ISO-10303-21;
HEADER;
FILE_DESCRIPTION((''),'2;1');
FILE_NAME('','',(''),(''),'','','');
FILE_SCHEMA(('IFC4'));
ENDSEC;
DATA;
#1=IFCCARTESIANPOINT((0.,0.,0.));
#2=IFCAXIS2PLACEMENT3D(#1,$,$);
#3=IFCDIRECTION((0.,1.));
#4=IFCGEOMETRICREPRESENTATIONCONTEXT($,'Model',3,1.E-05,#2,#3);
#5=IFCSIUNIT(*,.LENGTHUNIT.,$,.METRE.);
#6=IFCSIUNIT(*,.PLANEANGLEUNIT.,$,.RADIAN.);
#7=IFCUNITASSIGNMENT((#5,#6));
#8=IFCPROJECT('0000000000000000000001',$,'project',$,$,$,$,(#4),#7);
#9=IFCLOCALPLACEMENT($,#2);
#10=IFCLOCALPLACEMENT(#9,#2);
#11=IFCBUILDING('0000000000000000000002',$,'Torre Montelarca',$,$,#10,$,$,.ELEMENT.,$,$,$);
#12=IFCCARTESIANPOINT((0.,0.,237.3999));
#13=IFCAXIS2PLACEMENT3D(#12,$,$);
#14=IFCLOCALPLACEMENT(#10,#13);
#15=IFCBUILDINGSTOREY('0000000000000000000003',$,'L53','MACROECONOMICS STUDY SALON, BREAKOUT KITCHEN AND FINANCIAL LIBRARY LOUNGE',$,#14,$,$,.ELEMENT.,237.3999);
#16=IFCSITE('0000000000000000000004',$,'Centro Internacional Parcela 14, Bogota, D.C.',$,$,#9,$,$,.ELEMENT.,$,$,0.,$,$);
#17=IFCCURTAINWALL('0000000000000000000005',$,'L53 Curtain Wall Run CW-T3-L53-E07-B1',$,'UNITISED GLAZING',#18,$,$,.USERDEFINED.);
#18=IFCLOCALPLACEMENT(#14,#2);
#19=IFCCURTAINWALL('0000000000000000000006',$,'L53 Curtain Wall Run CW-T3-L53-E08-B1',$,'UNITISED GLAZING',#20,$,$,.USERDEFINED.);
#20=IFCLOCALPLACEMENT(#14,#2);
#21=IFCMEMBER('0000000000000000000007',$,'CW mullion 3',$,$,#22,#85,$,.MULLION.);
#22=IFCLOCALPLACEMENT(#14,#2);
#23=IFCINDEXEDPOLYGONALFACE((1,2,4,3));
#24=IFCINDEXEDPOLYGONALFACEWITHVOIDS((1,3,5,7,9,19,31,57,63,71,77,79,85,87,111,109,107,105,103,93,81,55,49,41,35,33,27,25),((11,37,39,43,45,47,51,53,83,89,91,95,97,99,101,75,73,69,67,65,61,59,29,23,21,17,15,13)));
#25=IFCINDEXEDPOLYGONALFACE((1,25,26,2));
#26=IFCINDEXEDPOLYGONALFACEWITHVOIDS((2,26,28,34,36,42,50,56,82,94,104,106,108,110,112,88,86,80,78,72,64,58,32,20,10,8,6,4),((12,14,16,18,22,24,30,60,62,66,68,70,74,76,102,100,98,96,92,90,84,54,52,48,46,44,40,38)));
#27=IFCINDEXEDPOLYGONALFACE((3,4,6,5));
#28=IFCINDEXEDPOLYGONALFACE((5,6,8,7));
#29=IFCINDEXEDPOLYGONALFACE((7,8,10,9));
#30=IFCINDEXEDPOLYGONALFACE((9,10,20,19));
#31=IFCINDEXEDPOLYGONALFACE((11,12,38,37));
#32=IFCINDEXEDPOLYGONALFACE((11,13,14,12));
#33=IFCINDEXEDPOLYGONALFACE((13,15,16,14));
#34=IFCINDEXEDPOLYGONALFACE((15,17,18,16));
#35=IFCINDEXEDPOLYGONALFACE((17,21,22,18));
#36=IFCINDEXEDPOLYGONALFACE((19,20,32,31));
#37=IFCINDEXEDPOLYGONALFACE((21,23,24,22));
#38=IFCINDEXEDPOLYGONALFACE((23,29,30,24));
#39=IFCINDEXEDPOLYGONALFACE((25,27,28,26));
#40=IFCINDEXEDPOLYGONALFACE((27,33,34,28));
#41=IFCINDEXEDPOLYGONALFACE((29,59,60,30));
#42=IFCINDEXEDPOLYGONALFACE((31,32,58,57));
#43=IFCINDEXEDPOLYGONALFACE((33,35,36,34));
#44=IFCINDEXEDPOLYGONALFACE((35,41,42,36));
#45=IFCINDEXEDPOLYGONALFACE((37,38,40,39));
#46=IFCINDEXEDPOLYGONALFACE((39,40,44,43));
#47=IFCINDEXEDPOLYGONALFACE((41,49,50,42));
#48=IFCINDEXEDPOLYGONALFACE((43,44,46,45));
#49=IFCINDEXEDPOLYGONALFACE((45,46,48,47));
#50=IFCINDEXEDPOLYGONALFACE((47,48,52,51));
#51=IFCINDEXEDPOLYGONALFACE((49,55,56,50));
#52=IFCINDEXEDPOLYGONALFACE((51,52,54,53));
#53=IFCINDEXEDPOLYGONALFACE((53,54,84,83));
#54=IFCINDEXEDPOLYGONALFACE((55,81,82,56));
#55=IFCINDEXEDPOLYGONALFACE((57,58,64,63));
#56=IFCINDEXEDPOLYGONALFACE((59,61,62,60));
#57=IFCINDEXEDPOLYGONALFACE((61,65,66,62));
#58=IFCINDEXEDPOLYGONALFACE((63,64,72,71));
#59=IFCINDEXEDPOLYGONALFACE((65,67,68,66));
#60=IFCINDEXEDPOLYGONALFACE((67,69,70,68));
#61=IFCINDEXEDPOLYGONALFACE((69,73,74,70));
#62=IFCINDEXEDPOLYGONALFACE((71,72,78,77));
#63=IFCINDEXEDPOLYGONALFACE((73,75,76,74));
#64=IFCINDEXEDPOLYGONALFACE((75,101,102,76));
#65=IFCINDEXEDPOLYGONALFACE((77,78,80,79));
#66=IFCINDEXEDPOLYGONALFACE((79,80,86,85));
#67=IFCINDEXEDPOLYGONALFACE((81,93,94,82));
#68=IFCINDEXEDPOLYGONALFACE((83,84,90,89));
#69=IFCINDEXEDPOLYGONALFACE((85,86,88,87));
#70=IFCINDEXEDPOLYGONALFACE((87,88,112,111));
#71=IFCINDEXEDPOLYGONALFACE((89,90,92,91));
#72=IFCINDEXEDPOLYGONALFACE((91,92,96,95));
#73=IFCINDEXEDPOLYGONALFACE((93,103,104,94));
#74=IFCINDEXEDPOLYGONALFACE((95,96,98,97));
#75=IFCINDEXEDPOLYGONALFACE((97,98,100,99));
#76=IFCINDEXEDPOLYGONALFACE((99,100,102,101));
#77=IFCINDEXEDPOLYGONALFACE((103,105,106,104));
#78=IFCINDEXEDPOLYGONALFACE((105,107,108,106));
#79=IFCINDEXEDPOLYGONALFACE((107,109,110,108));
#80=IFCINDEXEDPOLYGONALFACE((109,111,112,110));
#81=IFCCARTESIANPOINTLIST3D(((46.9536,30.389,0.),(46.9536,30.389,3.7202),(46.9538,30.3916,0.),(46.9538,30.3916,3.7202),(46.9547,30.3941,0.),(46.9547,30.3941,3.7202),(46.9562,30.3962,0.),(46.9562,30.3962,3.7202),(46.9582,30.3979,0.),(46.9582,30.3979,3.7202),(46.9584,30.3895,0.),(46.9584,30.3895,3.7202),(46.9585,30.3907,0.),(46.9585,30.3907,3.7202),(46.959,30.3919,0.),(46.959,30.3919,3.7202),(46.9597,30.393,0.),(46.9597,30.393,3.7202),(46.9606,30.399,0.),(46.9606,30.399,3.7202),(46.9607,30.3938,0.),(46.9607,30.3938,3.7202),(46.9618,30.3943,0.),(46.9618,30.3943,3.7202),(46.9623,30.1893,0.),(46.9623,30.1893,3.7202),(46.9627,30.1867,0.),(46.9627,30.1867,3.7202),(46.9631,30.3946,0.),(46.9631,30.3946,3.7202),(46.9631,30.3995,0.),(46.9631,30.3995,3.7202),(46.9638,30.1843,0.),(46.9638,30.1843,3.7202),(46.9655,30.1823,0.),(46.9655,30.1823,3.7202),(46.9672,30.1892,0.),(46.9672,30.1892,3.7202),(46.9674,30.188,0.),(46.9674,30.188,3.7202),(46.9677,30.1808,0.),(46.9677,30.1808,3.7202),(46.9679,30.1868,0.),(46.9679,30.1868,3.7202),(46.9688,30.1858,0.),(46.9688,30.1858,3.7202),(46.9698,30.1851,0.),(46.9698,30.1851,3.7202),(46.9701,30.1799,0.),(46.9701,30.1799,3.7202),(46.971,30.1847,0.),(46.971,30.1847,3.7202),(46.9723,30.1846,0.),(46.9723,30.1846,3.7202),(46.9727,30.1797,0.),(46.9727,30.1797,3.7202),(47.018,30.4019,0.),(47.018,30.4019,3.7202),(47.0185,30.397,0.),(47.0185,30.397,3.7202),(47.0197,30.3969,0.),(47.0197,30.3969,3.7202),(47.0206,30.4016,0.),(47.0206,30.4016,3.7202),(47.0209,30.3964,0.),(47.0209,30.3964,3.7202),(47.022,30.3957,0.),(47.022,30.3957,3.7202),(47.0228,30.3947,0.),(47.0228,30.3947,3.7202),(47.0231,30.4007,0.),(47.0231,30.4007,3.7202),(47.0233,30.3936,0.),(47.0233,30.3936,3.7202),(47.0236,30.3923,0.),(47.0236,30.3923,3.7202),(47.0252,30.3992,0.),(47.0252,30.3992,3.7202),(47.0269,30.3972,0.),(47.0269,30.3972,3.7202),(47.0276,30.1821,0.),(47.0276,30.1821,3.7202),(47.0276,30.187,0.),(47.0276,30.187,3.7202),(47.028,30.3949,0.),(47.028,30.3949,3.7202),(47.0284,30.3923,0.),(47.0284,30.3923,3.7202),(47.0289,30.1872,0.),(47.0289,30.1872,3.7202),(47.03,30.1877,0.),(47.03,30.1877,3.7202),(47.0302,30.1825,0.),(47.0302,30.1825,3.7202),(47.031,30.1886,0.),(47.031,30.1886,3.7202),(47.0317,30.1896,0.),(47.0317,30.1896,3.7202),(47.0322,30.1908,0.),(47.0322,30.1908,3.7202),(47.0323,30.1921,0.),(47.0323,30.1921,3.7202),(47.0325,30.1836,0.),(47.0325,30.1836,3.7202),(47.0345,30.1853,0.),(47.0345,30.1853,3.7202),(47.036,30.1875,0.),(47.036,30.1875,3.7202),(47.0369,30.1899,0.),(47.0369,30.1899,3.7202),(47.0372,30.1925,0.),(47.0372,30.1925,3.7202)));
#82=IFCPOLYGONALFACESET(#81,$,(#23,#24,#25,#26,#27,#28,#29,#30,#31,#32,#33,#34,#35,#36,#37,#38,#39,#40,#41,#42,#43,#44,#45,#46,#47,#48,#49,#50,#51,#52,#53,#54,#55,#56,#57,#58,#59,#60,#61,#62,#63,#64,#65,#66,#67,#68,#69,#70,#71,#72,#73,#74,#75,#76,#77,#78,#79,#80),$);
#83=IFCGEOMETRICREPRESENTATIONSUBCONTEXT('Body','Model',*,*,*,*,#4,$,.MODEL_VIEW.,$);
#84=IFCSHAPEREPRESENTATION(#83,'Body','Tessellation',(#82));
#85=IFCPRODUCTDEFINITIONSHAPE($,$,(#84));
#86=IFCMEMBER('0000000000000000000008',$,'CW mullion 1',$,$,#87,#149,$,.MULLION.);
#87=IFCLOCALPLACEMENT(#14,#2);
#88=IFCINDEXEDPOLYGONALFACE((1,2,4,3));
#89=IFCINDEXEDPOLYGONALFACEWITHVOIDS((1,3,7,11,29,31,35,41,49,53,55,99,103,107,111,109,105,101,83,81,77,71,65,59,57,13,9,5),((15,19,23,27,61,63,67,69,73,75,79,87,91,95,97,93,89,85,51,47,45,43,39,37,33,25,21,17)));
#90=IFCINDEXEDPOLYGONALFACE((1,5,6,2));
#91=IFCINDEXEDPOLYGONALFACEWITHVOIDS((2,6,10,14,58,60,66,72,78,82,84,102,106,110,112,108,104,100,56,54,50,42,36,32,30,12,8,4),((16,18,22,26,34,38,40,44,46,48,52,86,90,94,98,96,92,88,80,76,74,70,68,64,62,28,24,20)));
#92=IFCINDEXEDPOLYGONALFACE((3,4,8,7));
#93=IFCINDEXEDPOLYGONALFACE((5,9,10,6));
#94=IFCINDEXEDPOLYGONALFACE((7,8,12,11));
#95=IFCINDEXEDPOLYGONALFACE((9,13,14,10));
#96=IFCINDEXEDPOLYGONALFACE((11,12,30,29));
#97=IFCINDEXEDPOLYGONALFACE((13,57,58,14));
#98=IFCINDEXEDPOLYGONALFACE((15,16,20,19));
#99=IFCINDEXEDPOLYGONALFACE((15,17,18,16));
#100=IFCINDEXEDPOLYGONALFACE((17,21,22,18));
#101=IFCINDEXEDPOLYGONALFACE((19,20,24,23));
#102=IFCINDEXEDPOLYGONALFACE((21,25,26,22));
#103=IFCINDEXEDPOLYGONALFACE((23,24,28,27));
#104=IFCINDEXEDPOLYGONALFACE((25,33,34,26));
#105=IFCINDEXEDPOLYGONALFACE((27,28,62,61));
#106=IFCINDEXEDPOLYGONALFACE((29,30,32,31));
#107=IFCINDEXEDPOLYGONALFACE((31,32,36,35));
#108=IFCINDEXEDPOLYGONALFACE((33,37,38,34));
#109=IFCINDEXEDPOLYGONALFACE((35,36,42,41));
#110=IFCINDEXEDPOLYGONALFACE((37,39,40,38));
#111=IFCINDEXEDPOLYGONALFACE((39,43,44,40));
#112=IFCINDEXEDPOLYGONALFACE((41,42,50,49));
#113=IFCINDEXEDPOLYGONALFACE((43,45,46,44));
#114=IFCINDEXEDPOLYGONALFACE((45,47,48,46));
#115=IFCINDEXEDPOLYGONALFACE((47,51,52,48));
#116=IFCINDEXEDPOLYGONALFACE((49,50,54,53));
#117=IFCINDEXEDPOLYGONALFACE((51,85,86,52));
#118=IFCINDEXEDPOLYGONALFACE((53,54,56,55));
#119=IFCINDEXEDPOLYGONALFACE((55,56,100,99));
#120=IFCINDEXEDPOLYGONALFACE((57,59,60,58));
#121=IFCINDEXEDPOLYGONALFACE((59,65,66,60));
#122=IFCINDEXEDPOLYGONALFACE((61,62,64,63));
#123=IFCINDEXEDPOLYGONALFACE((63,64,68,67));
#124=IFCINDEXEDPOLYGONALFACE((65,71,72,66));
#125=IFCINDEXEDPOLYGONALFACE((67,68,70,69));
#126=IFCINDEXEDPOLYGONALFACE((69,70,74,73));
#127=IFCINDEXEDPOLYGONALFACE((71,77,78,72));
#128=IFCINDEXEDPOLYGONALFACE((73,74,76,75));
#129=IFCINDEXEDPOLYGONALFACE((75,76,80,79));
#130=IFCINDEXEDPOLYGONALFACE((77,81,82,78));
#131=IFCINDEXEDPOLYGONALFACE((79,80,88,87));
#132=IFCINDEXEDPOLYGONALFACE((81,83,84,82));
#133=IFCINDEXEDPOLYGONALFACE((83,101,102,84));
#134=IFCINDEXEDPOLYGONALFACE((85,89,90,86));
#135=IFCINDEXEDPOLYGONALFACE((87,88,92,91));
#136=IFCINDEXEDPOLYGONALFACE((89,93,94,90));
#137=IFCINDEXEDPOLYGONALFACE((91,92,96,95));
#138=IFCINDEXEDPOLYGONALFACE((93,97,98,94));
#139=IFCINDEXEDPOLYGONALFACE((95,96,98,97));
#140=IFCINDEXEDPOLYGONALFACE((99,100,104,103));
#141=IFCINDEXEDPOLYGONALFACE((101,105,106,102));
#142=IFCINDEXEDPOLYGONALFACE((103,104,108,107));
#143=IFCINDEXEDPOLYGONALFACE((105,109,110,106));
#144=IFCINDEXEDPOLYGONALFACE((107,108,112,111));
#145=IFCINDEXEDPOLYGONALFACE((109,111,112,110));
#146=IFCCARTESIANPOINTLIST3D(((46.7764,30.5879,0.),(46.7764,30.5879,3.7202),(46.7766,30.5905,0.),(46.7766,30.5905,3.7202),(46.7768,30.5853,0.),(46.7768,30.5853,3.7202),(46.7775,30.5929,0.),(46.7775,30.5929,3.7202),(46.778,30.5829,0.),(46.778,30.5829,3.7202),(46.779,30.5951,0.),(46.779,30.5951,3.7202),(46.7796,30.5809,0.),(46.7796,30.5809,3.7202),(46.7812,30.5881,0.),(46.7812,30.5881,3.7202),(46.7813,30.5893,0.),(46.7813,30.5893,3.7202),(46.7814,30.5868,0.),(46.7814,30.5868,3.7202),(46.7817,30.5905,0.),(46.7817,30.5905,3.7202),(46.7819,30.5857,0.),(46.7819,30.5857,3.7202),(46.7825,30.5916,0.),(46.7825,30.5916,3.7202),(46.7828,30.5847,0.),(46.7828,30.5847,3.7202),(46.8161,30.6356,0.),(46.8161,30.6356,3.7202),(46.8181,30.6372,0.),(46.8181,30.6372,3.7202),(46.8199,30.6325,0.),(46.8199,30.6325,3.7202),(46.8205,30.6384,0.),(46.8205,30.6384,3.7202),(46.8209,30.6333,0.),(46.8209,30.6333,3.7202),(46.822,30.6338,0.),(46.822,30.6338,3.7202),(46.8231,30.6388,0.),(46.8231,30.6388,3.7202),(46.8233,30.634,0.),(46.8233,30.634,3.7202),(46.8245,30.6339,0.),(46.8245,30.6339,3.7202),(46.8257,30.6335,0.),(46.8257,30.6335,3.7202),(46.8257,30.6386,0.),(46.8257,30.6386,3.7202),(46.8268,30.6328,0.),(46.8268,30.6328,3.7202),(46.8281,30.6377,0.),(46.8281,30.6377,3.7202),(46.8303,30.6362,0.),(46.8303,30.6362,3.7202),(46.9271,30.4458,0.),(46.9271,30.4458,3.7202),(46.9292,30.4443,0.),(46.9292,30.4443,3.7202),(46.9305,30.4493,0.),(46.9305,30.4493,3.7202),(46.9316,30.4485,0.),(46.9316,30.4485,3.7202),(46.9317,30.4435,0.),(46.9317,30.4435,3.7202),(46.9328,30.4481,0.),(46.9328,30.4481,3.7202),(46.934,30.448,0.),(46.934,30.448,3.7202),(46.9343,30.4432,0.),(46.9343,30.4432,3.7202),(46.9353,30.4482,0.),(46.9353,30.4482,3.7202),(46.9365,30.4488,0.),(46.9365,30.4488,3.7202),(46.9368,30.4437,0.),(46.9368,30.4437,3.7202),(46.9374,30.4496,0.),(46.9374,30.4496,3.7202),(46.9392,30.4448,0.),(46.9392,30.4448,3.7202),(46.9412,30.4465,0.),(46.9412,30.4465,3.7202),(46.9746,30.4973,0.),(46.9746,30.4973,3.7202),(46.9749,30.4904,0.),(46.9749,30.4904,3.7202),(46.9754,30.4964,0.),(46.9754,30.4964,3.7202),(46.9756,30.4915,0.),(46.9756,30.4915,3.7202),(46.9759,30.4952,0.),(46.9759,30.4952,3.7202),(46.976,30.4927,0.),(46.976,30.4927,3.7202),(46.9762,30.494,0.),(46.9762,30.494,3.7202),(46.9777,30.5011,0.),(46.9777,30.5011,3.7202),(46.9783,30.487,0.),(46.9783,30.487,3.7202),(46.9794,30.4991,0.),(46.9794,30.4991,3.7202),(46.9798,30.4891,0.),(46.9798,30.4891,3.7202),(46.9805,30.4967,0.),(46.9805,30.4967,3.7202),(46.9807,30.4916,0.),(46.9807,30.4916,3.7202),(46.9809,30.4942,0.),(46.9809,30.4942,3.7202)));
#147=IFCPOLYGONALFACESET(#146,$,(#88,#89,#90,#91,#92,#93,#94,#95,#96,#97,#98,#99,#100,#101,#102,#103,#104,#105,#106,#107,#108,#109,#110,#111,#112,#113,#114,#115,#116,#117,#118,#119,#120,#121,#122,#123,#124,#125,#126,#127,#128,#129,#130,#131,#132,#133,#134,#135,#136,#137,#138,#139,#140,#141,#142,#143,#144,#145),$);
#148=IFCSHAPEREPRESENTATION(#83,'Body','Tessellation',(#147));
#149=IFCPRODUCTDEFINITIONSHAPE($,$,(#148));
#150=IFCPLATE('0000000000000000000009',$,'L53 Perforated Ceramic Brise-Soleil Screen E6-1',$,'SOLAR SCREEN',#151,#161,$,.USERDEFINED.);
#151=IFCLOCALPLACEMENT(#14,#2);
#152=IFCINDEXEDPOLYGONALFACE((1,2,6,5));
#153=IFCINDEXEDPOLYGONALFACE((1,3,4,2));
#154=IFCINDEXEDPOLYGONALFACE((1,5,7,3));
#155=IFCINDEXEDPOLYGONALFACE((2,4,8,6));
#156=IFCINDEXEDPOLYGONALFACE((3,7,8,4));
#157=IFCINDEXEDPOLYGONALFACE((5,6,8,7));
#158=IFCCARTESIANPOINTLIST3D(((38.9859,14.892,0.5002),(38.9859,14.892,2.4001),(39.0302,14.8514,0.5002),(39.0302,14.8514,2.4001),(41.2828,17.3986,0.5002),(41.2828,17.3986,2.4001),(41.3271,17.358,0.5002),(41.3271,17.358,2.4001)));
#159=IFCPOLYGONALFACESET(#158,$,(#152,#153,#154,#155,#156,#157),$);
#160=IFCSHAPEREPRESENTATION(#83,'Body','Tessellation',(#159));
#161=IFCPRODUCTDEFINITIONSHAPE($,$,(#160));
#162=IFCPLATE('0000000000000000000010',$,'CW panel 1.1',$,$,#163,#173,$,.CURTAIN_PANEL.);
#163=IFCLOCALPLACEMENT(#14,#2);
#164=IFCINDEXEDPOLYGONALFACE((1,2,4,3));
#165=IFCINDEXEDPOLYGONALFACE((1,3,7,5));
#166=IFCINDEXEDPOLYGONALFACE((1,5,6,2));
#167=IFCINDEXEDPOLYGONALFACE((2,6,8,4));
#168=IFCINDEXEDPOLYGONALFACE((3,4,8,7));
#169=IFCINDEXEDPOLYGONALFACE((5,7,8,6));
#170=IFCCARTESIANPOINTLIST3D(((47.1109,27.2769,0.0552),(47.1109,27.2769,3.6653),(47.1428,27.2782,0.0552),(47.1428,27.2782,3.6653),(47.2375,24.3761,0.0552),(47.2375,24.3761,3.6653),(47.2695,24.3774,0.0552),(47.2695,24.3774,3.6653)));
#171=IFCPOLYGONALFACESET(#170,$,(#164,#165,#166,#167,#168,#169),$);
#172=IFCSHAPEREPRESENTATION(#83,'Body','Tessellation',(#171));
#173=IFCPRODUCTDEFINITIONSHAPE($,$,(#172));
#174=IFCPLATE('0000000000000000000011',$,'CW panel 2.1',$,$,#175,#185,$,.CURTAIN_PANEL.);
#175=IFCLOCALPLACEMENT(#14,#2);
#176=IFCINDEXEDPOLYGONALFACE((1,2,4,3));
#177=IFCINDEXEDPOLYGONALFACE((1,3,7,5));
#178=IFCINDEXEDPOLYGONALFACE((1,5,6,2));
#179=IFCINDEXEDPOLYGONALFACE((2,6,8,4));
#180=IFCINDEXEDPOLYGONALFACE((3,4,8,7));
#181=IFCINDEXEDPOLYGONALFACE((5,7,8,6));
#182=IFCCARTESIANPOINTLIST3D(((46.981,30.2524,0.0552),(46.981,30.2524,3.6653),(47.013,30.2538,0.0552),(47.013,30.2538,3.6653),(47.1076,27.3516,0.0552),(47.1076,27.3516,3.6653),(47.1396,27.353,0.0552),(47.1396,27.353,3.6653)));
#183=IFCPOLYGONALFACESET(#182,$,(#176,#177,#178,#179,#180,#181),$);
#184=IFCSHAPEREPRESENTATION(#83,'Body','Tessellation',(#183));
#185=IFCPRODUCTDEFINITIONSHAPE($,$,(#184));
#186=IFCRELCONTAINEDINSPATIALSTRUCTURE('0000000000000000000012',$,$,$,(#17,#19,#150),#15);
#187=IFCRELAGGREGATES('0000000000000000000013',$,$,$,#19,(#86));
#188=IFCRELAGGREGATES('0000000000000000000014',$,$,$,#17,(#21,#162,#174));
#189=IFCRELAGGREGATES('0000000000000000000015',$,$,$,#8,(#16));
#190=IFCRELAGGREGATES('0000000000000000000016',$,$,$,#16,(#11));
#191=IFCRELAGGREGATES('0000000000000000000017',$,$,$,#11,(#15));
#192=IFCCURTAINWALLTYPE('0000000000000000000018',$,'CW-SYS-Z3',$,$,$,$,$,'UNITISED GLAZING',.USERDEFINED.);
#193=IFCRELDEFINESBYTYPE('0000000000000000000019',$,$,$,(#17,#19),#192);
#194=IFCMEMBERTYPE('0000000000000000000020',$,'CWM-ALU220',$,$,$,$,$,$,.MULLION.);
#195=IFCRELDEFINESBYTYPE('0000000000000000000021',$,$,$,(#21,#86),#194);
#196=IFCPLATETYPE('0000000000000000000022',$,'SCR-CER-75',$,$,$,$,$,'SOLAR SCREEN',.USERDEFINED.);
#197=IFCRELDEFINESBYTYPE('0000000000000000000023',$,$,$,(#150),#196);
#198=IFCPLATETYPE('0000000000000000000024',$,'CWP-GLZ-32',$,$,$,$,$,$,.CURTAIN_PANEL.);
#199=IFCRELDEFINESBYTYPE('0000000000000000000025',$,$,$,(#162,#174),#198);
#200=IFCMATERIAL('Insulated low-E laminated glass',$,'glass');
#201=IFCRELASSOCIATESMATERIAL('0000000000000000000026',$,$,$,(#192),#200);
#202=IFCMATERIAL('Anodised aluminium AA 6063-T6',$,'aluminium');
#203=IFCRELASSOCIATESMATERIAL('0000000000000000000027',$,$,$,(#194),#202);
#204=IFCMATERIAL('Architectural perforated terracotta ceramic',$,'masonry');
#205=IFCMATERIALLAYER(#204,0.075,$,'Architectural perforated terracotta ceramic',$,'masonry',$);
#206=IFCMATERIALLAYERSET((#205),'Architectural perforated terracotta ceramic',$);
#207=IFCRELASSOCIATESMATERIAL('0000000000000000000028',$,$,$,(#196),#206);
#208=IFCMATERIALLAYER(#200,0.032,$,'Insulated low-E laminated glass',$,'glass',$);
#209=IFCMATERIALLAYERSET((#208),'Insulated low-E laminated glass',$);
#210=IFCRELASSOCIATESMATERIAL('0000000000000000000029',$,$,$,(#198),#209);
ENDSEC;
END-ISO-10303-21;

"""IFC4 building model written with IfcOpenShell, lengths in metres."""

from ifc_helpers import new_model, si_unit, direction, frame, origin, origin_2d, place, context, subcontext, project, spatial, rectangle, hollow_rectangle, extrude, source, transform, mapped, material, layer, layer_set, material_profile, profile_set, type_object, element, aggregate, save


model = new_model("IFC4")

# Units and contexts
model_context = context("Model", 3, precision=1e-05, world=origin(), true_north=direction((0.0, 1.0)))
body_context = subcontext(model_context, "Body", "Model", "MODEL_VIEW")
ifc_project = project(units=[si_unit("LENGTHUNIT", "METRE"), si_unit("PLANEANGLEUNIT", "RADIAN")], contexts=[model_context])

# Site, building, storey
site_placement = place(None, origin())
site = spatial("IfcSite", under=ifc_project, at=site_placement, Name="Centro Internacional Parcela 14, Bogota, D.C.", CompositionType="ELEMENT", RefElevation=0.0)
building_placement = place(site_placement, origin())
building = spatial("IfcBuilding", under=site, at=building_placement, Name="Torre Montelarca", CompositionType="ELEMENT")
storey_placement = place(building_placement, frame((0.0, 0.0, 237.3999)))
storey = spatial("IfcBuildingStorey", under=building, at=storey_placement, Name="L53", Description="MACROECONOMICS STUDY SALON, BREAKOUT KITCHEN AND FINANCIAL LIBRARY LOUNGE", CompositionType="ELEMENT", Elevation=237.3999)

# Curtain walls
ifc_material_1 = material(Name="Insulated low-E laminated glass", Category="glass")
curtain_wall_type = type_object("IfcCurtainWallType", Name="CW-SYS-Z3", ElementType="UNITISED GLAZING", PredefinedType="USERDEFINED", material=ifc_material_1)
curtain_wall_1_placement = place(storey_placement, origin())
curtain_wall_1 = element("IfcCurtainWall", 1, at=curtain_wall_1_placement, inside=storey, type_object=curtain_wall_type, Name="L53 Curtain Wall Run CW-T3-L53-E07-B1", ObjectType="UNITISED GLAZING", PredefinedType="USERDEFINED")
ifc_material_2 = material(Name="Anodised aluminium AA 6063-T6", Category="aluminium")
curtain_wall_2_placement = place(storey_placement, origin())
curtain_wall_2 = element("IfcCurtainWall", 2, at=curtain_wall_2_placement, inside=storey, type_object=curtain_wall_type, Name="L53 Curtain Wall Run CW-T3-L53-E08-B1", ObjectType="UNITISED GLAZING", PredefinedType="USERDEFINED")

# Shared definitions
ifc_material_profile_1 = material_profile(ifc_material_2, hollow_rectangle(XDim=0.075, YDim=0.22, WallThickness=0.0049, InnerFilletRadius=0.0049, OuterFilletRadius=0.01, at=origin_2d()), Name="ALU75X220X5", Category="aluminium")
ifc_profile_set_1 = profile_set([ifc_material_profile_1], Name="Anodised aluminium AA 6063-T6")
member_type_1 = type_object("IfcMemberType", Name="CWM-ALU220", PredefinedType="MULLION", material=ifc_profile_set_1)
shared_shape_1 = source(origin(), body_context, "Body", "SweptSolid", [
    extrude(hollow_rectangle(XDim=0.075, YDim=0.22, WallThickness=0.0049, InnerFilletRadius=0.0049, OuterFilletRadius=0.01, at=origin_2d()), origin(), (0.0, 0.0, 1.0), 3.7202),
])

# Members
member_1_placement = place(storey_placement, frame((46.9954, 30.2908, 0.0), z_axis=(0.0, 0.0, 1.0), x_axis=(-0.999048, -0.043616, 0.0)))
member_1 = element("IfcMember", 3, at=member_1_placement, type_object=member_type_1, Name="CW mullion 3", PredefinedType="MULLION", context=body_context, shape_type="MappedRepresentation", body=[
    mapped(shared_shape_1, transform((0.0, 0.0, 0.0), scale=1.0)),
])
member_2_placement = place(storey_placement, frame((46.8787, 30.541, 0.0), z_axis=(0.0, 0.0, 1.0), x_axis=(-0.67558, -0.737286, 0.0)))
member_2 = element("IfcMember", 4, at=member_2_placement, type_object=member_type_1, Name="CW mullion 1", PredefinedType="MULLION", context=body_context, shape_type="MappedRepresentation", body=[
    mapped(shared_shape_1, transform((0.0, 0.0, 0.0), scale=1.0)),
])
aggregate(curtain_wall_2, [member_2])

# Plates
ifc_material_3 = material(Name="Architectural perforated terracotta ceramic", Category="masonry")
ifc_layer_1 = layer(ifc_material_3, 0.075, Name="Architectural perforated terracotta ceramic", Category="masonry")
ifc_layer_set_1 = layer_set([ifc_layer_1], Name="Architectural perforated terracotta ceramic")
plate_type_1 = type_object("IfcPlateType", Name="SCR-CER-75", ElementType="SOLAR SCREEN", PredefinedType="USERDEFINED", material=ifc_layer_set_1)
shared_shape_2 = source(origin(), body_context, "Body", "SweptSolid", [
    extrude(rectangle(XDim=3.3999, YDim=0.0601, at=origin_2d()), origin(), (0.0, 0.0, 1.0), 1.8999),
])
plate_1_placement = place(storey_placement, frame((40.1565, 16.125, 0.5002), z_axis=(0.0, 0.0, 1.0), x_axis=(0.675594, 0.737274, 0.0)))
element("IfcPlate", 5, at=plate_1_placement, inside=storey, type_object=plate_type_1, Name="L53 Perforated Ceramic Brise-Soleil Screen E6-1", ObjectType="SOLAR SCREEN", PredefinedType="USERDEFINED", context=body_context, shape_type="MappedRepresentation", body=[
    mapped(shared_shape_2, transform((0.0, 0.0, 0.0), scale=1.0)),
])
ifc_layer_2 = layer(ifc_material_1, 0.032, Name="Insulated low-E laminated glass", Category="glass")
ifc_layer_set_2 = layer_set([ifc_layer_2], Name="Insulated low-E laminated glass")
plate_type_2 = type_object("IfcPlateType", Name="CWP-GLZ-32", PredefinedType="CURTAIN_PANEL", material=ifc_layer_set_2)
shared_shape_3 = source(origin(), body_context, "Body", "SweptSolid", [
    extrude(rectangle(XDim=2.9036, YDim=0.032, at=origin_2d()), origin(), (0.0, 0.0, 1.0), 3.6101),
])
plate_2_placement = place(storey_placement, frame((47.1902, 25.8271, 0.0552), z_axis=(0.0, 0.0, 1.0), x_axis=(-0.043616, 0.999048, 0.0)))
plate_2 = element("IfcPlate", 6, at=plate_2_placement, type_object=plate_type_2, Name="CW panel 1.1", PredefinedType="CURTAIN_PANEL", context=body_context, shape_type="MappedRepresentation", body=[
    mapped(shared_shape_3, transform((0.0, 0.0, 0.0), scale=1.0)),
])
plate_3_placement = place(storey_placement, frame((47.0603, 28.8027, 0.0552), z_axis=(0.0, 0.0, 1.0), x_axis=(-0.043616, 0.999048, 0.0)))
plate_3 = element("IfcPlate", 7, at=plate_3_placement, type_object=plate_type_2, Name="CW panel 2.1", PredefinedType="CURTAIN_PANEL", context=body_context, shape_type="MappedRepresentation", body=[
    mapped(shared_shape_3, transform((0.0, 0.0, 0.0), scale=1.0)),
])
aggregate(curtain_wall_1, [member_1, plate_2, plate_3])

save(model, "model.ifc")
